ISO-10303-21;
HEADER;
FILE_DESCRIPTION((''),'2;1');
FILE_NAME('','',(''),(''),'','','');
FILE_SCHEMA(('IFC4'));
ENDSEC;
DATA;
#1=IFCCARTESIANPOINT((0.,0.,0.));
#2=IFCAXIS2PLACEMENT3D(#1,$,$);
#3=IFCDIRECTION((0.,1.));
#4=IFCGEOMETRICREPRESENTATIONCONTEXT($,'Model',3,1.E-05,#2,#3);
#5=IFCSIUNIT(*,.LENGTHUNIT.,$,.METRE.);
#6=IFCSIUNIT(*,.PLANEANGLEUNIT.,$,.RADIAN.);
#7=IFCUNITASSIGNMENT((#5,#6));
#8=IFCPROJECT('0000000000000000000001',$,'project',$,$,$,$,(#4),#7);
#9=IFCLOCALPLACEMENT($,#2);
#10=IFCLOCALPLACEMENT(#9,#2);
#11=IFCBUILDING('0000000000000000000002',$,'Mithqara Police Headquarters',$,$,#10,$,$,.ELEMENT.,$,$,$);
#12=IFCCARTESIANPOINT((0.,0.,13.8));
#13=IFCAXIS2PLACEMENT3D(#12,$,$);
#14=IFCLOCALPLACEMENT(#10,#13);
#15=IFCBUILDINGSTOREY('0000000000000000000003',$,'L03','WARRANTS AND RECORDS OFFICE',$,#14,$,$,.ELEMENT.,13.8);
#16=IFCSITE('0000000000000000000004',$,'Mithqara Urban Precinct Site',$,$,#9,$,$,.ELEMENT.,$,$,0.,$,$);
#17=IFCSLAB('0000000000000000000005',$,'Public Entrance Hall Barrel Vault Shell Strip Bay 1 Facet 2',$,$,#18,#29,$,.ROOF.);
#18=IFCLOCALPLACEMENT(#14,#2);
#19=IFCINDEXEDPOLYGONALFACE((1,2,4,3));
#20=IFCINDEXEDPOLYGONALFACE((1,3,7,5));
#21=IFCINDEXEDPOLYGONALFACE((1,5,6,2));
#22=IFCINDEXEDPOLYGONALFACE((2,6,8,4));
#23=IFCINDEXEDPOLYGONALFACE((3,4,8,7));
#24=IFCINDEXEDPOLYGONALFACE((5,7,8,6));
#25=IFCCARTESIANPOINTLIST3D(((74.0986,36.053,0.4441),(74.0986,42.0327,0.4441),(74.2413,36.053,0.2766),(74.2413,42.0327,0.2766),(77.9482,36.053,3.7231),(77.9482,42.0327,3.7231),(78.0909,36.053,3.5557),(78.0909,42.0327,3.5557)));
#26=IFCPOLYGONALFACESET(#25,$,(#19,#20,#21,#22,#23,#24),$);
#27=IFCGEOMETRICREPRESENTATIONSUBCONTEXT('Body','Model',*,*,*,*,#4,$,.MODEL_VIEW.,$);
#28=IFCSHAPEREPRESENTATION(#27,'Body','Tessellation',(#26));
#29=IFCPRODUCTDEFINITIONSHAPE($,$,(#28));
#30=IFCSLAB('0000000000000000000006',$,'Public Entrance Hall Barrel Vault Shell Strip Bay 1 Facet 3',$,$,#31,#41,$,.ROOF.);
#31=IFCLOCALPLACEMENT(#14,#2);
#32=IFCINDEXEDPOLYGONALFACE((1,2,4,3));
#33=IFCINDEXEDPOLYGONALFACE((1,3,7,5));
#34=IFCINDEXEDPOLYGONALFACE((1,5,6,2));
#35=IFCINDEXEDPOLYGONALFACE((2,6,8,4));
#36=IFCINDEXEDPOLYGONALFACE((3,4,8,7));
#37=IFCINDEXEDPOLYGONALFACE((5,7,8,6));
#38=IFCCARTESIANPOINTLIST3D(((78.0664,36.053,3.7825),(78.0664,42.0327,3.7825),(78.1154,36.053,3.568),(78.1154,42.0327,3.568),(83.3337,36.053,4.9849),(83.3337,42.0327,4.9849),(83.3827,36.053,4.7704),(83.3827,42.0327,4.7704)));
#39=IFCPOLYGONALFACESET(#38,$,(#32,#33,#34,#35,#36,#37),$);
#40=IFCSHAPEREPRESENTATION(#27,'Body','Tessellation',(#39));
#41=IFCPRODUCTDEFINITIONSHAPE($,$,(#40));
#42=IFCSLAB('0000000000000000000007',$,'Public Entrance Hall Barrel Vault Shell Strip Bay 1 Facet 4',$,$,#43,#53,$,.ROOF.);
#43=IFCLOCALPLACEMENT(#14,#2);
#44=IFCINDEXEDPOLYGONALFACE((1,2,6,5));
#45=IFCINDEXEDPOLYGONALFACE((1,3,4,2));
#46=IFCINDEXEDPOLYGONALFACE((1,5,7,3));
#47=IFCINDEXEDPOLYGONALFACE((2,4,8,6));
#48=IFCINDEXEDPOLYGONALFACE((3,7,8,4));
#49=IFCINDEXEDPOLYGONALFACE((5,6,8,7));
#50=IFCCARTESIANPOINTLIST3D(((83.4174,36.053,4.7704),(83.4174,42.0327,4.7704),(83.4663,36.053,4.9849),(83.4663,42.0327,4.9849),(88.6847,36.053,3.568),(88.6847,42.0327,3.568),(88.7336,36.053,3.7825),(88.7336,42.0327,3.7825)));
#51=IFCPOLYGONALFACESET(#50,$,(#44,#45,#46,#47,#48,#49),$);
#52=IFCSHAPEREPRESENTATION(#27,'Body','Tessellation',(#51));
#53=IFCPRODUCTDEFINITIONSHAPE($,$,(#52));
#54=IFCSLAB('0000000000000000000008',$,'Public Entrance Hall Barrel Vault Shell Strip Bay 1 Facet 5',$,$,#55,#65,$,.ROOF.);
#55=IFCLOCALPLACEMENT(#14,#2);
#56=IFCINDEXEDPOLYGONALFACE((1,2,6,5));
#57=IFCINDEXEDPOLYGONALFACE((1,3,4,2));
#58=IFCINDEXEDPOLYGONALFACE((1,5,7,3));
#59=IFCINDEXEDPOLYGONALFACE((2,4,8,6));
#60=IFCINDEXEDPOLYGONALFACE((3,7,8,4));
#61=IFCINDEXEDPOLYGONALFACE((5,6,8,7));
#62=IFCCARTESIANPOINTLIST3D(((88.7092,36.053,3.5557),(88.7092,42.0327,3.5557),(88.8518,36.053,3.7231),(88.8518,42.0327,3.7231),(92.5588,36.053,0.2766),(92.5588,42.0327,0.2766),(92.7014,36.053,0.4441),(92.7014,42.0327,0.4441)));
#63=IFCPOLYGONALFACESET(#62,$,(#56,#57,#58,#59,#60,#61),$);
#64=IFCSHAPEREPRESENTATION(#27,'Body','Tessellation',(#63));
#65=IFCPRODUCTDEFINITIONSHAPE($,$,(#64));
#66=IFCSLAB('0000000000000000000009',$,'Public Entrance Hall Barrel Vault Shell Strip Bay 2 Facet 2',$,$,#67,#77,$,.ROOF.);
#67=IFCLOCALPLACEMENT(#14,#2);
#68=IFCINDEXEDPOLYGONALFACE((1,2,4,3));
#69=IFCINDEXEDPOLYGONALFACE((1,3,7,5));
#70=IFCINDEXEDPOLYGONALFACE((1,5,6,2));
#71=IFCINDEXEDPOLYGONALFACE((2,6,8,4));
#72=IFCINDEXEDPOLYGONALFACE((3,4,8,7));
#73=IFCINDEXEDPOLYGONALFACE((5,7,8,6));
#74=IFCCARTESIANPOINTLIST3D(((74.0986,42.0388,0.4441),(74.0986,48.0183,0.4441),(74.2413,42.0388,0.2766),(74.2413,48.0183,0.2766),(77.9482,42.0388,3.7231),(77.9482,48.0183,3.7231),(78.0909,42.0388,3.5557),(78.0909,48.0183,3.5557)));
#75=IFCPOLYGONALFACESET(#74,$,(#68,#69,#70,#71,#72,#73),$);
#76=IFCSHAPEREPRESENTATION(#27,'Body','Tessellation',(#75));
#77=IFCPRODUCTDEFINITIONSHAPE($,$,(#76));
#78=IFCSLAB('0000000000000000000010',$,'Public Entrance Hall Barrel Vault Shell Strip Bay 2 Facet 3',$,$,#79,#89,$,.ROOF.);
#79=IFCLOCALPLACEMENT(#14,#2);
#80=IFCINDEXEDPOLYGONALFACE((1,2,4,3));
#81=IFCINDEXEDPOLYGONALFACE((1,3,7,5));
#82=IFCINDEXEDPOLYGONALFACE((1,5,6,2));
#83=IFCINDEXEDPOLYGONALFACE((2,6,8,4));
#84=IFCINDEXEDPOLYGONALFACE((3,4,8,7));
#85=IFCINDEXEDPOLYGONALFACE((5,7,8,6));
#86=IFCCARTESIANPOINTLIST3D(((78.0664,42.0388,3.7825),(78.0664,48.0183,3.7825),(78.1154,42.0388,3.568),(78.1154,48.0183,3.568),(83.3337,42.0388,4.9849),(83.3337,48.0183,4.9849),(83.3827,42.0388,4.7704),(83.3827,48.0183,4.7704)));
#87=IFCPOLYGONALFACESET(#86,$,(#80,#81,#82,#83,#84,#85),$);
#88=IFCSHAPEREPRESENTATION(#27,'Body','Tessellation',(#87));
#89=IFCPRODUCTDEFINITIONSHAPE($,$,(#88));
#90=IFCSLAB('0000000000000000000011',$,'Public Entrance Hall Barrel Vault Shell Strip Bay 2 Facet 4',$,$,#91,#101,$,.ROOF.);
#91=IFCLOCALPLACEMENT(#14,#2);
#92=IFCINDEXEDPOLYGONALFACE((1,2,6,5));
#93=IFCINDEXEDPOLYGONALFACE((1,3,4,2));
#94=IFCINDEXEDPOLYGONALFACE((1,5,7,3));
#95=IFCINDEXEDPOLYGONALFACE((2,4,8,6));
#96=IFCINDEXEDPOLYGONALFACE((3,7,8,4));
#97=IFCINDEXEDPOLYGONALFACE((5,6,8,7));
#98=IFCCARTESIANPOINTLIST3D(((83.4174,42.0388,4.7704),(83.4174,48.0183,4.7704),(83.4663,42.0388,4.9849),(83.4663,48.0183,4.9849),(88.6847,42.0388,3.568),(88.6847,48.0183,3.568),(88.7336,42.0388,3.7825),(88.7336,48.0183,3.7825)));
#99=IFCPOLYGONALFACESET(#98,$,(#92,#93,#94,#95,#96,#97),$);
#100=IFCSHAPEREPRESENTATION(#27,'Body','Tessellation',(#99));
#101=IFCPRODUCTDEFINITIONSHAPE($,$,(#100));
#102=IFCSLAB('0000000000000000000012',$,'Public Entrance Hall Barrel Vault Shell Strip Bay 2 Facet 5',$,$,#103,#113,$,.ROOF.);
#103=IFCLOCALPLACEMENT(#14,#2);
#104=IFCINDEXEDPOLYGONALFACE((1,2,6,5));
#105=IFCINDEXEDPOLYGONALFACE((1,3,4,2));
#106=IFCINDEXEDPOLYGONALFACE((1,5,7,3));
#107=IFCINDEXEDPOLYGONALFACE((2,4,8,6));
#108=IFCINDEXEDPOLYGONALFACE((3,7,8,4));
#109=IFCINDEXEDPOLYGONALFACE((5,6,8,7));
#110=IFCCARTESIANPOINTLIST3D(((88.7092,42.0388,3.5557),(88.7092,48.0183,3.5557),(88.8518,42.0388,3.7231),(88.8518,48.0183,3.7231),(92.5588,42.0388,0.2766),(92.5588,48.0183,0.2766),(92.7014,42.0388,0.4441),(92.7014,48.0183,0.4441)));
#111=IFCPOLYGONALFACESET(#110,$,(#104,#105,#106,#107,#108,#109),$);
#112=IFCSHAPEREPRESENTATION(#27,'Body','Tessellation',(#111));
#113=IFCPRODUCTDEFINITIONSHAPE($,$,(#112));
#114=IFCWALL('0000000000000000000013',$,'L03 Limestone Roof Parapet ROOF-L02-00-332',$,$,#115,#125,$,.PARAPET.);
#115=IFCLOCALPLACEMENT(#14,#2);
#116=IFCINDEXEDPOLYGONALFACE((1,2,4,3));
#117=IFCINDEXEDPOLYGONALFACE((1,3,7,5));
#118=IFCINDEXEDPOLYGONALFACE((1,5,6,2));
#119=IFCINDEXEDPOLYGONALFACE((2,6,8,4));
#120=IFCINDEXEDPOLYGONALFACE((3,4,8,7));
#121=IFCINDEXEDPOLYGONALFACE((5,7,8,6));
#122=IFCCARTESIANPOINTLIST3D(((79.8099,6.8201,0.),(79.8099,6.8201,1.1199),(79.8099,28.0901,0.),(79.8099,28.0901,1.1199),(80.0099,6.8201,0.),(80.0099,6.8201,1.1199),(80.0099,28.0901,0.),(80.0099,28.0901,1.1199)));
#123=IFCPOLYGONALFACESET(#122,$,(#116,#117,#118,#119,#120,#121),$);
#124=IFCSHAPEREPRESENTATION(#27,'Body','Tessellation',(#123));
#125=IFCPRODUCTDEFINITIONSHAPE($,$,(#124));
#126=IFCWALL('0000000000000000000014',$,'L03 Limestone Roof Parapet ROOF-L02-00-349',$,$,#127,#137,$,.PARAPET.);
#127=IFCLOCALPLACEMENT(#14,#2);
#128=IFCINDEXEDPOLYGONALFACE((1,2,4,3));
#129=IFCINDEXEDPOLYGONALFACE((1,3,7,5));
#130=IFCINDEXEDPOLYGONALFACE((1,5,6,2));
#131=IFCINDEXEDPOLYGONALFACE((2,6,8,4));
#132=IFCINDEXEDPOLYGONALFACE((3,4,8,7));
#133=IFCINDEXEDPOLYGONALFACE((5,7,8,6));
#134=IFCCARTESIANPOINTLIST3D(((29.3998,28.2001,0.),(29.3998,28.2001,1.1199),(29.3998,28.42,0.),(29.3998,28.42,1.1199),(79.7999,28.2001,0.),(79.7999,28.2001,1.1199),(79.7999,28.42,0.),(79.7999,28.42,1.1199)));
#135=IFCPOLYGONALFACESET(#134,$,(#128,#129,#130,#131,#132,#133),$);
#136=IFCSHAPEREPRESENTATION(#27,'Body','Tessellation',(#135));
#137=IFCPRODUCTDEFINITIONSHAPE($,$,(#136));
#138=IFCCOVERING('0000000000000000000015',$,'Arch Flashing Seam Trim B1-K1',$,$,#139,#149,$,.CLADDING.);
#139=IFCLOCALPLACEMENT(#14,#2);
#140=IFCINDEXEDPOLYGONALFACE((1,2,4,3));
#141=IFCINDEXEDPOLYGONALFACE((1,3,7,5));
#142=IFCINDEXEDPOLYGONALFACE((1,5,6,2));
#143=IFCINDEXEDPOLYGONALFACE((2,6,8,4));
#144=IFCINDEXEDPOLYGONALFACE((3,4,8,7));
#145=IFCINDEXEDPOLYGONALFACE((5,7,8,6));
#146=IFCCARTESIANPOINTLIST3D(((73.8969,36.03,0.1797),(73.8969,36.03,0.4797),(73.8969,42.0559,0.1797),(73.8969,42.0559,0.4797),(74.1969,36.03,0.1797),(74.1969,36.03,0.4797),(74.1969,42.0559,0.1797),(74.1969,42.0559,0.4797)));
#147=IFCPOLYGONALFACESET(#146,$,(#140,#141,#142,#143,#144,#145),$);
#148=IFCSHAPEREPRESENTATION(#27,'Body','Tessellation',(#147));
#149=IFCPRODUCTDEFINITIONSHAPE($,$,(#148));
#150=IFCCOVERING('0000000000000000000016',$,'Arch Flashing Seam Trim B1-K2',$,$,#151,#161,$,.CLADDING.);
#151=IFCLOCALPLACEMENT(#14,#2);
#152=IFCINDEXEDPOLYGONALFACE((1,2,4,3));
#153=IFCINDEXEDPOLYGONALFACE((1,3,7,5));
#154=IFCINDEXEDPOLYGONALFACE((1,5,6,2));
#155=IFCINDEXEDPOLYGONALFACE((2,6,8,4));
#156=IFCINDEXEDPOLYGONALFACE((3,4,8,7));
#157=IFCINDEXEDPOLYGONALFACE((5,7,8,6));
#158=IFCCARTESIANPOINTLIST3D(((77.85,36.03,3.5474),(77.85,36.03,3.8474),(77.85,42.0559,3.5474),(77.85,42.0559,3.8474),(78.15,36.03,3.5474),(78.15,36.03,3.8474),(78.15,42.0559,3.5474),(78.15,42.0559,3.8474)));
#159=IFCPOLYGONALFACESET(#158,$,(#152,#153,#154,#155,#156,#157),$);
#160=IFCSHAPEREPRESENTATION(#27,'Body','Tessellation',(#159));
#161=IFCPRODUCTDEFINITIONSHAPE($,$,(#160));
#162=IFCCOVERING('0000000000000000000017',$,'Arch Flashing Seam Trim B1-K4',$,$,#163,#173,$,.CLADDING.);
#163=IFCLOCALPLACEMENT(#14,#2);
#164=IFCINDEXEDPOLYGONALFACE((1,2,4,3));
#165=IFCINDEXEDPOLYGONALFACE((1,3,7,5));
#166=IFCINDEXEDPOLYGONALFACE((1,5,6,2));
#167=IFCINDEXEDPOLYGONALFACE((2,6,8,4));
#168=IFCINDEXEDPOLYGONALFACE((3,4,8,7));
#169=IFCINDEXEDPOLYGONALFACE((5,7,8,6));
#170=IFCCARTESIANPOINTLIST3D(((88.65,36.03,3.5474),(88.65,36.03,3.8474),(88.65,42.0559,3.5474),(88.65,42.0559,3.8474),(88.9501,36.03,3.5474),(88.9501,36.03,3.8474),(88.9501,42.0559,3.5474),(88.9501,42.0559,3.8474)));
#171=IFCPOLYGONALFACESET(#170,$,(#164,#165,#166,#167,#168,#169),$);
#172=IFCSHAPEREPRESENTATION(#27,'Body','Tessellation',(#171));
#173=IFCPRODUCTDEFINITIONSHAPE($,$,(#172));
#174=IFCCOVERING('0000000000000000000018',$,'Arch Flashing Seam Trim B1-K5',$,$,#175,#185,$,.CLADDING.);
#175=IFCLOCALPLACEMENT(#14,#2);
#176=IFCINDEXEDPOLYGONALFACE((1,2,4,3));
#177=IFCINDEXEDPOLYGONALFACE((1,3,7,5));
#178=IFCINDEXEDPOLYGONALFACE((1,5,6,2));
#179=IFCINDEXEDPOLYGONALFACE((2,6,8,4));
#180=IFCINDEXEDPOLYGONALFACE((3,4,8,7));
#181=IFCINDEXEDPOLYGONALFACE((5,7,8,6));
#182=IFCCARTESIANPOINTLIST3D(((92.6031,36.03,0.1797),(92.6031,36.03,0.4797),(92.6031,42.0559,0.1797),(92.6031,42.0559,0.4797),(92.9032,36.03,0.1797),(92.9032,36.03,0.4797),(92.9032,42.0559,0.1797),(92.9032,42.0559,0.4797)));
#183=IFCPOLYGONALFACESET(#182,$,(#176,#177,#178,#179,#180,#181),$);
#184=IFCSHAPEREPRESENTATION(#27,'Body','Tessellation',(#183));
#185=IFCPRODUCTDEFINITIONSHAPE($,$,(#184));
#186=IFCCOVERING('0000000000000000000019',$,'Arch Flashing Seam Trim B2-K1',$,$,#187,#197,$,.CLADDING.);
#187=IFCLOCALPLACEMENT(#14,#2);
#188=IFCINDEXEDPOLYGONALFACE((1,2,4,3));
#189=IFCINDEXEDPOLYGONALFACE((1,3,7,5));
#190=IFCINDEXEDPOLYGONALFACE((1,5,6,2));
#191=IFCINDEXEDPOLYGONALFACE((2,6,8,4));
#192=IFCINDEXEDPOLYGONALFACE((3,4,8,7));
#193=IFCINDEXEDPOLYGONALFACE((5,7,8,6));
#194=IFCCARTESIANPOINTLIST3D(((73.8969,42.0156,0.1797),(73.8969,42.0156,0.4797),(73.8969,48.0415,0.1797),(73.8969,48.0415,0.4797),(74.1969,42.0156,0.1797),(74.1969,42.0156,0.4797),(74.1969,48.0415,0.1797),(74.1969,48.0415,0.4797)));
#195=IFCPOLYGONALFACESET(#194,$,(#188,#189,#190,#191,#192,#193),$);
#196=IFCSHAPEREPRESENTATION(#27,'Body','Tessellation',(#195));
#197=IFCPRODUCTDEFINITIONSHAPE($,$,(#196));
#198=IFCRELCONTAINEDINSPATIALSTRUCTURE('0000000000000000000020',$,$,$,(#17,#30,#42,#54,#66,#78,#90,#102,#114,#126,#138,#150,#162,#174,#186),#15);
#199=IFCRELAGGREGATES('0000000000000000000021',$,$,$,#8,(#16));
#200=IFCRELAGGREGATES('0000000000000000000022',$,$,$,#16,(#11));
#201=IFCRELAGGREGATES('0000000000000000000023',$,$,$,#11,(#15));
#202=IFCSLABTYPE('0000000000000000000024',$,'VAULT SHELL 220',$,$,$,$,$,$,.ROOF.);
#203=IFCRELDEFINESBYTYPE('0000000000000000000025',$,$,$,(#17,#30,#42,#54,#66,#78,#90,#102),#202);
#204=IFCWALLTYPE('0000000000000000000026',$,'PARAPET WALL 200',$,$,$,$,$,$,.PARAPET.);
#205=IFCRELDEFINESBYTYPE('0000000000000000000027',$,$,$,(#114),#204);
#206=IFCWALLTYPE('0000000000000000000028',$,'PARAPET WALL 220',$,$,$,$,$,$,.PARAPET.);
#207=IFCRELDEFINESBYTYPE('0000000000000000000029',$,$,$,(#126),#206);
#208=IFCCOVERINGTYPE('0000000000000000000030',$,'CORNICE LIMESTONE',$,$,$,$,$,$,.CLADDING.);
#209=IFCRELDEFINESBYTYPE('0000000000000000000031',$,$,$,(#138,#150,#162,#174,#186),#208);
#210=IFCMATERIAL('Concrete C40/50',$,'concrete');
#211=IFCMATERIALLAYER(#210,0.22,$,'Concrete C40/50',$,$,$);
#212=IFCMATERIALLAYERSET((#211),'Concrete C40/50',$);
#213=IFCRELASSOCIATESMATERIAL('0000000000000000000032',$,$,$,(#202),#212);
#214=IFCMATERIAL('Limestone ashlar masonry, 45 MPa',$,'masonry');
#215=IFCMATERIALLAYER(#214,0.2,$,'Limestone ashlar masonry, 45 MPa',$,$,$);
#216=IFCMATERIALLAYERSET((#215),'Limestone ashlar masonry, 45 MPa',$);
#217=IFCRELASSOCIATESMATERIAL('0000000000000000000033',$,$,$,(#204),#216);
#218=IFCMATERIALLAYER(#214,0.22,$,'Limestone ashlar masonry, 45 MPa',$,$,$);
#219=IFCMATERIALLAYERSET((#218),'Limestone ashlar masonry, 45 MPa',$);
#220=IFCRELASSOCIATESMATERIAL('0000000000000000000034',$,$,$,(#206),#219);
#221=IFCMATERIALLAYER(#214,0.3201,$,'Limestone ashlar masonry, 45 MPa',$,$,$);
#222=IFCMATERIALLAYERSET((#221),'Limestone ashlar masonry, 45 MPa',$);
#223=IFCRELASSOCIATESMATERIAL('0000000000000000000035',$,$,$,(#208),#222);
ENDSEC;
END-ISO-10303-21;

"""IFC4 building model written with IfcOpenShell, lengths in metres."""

from ifc_helpers import new_model, si_unit, direction, frame, frame_2d, origin, origin_2d, place, context, subcontext, project, spatial, polyline, rectangle, outline, extrude, material, layer, layer_set, type_object, element, save


model = new_model("IFC4")

# Units and contexts
model_context = context("Model", 3, precision=1e-05, world=origin(), true_north=direction((0.0, 1.0)))
body_context = subcontext(model_context, "Body", "Model", "MODEL_VIEW")
ifc_project = project(units=[si_unit("LENGTHUNIT", "METRE"), si_unit("PLANEANGLEUNIT", "RADIAN")], contexts=[model_context])

# Site, building, storey
site_placement = place(None, origin())
site = spatial("IfcSite", under=ifc_project, at=site_placement, Name="Mithqara Urban Precinct Site", CompositionType="ELEMENT", RefElevation=0.0)
building_placement = place(site_placement, origin())
building = spatial("IfcBuilding", under=site, at=building_placement, Name="Mithqara Police Headquarters", CompositionType="ELEMENT")
storey_placement = place(building_placement, frame((0.0, 0.0, 13.8)))
storey = spatial("IfcBuildingStorey", under=building, at=storey_placement, Name="L03", Description="WARRANTS AND RECORDS OFFICE", CompositionType="ELEMENT", Elevation=13.8)

# Slabs
ifc_material_1 = material(Name="Concrete C40/50", Category="concrete")
ifc_layer_1 = layer(ifc_material_1, 0.22, Name="Concrete C40/50")
ifc_layer_set_1 = layer_set([ifc_layer_1], Name="Concrete C40/50")
slab_type = type_object("IfcSlabType", Name="VAULT SHELL 220", PredefinedType="ROOF", material=ifc_layer_set_1)
slab_1_placement = place(storey_placement, frame((74.0986, 36.053, 0.4441), z_axis=(-0.648438, 0.0, 0.761267), x_axis=(0.761267, 0.0, 0.648438)))
element("IfcSlab", 1, at=slab_1_placement, inside=storey, type_object=slab_type, Name="Public Entrance Hall Barrel Vault Shell Strip Bay 1 Facet 2", PredefinedType="ROOF", context=body_context, shape_type="SweptSolid", body=[
    extrude(outline(polyline([(0.0, 0.0), (5.0568, 0.0), (5.0568, 5.9797), (0.0, 5.9797), (0.0, 0.0)])), origin(), (0.0, 0.0, -1.0), 0.22),
])
for number, where, z_axis, x_axis, name in (
    (2, (78.0664, 36.053, 3.7825), (-0.222549, 0.0, 0.974922), (0.974922, 0.0, 0.222549), "Public Entrance Hall Barrel Vault Shell Strip Bay 1 Facet 3"),
    (3, (83.4663, 36.053, 4.9849), (0.222549, 0.0, 0.974922), (0.974922, 0.0, -0.222549), "Public Entrance Hall Barrel Vault Shell Strip Bay 1 Facet 4"),
):
    element("IfcSlab", number, at=place(storey_placement, frame(where, z_axis=z_axis, x_axis=x_axis)), inside=storey, type_object=slab_type, Name=name, PredefinedType="ROOF", context=body_context, shape_type="SweptSolid", body=[
        extrude(outline(polyline([(0.0, 0.0), (5.4028, 0.0), (5.4028, 5.9797), (0.0, 5.9797), (0.0, 0.0)])), origin(), (0.0, 0.0, -1.0), 0.22),
    ])
slab_2_placement = place(storey_placement, frame((88.8518, 36.053, 3.7231), z_axis=(0.648438, 0.0, 0.761267), x_axis=(0.761267, 0.0, -0.648438)))
element("IfcSlab", 4, at=slab_2_placement, inside=storey, type_object=slab_type, Name="Public Entrance Hall Barrel Vault Shell Strip Bay 1 Facet 5", PredefinedType="ROOF", context=body_context, shape_type="SweptSolid", body=[
    extrude(outline(polyline([(0.0, 0.0), (5.0568, 0.0), (5.0568, 5.9797), (0.0, 5.9797), (0.0, 0.0)])), origin(), (0.0, 0.0, -1.0), 0.22),
])
slab_3_placement = place(storey_placement, frame((74.0986, 42.0388, 0.4441), z_axis=(-0.648438, 0.0, 0.761267), x_axis=(0.761267, 0.0, 0.648438)))
element("IfcSlab", 5, at=slab_3_placement, inside=storey, type_object=slab_type, Name="Public Entrance Hall Barrel Vault Shell Strip Bay 2 Facet 2", PredefinedType="ROOF", context=body_context, shape_type="SweptSolid", body=[
    extrude(outline(polyline([(0.0, 0.0), (5.0568, 0.0), (5.0568, 5.9795), (0.0, 5.9795), (0.0, 0.0)])), origin(), (0.0, 0.0, -1.0), 0.22),
])
for number, where, z_axis, x_axis, name in (
    (6, (78.0664, 42.0388, 3.7825), (-0.222549, 0.0, 0.974922), (0.974922, 0.0, 0.222549), "Public Entrance Hall Barrel Vault Shell Strip Bay 2 Facet 3"),
    (7, (83.4663, 42.0388, 4.9849), (0.222549, 0.0, 0.974922), (0.974922, 0.0, -0.222549), "Public Entrance Hall Barrel Vault Shell Strip Bay 2 Facet 4"),
):
    element("IfcSlab", number, at=place(storey_placement, frame(where, z_axis=z_axis, x_axis=x_axis)), inside=storey, type_object=slab_type, Name=name, PredefinedType="ROOF", context=body_context, shape_type="SweptSolid", body=[
        extrude(outline(polyline([(0.0, 0.0), (5.4028, 0.0), (5.4028, 5.9795), (0.0, 5.9795), (0.0, 0.0)])), origin(), (0.0, 0.0, -1.0), 0.22),
    ])
slab_4_placement = place(storey_placement, frame((88.8518, 42.0388, 3.7231), z_axis=(0.648438, 0.0, 0.761267), x_axis=(0.761267, 0.0, -0.648438)))
element("IfcSlab", 8, at=slab_4_placement, inside=storey, type_object=slab_type, Name="Public Entrance Hall Barrel Vault Shell Strip Bay 2 Facet 5", PredefinedType="ROOF", context=body_context, shape_type="SweptSolid", body=[
    extrude(outline(polyline([(0.0, 0.0), (5.0568, 0.0), (5.0568, 5.9795), (0.0, 5.9795), (0.0, 0.0)])), origin(), (0.0, 0.0, -1.0), 0.22),
])

# Walls
ifc_material_2 = material(Name="Limestone ashlar masonry, 45 MPa", Category="masonry")
ifc_layer_2 = layer(ifc_material_2, 0.2, Name="Limestone ashlar masonry, 45 MPa")
ifc_layer_set_2 = layer_set([ifc_layer_2], Name="Limestone ashlar masonry, 45 MPa")
wall_type_1 = type_object("IfcWallType", Name="PARAPET WALL 200", PredefinedType="PARAPET", material=ifc_layer_set_2)
wall_1_placement = place(storey_placement, frame((79.9099, 6.8201, 0.0), z_axis=(0.0, 0.0, 1.0), x_axis=(0.0, 1.0, 0.0)))
element("IfcWall", 9, at=wall_1_placement, inside=storey, type_object=wall_type_1, Name="L03 Limestone Roof Parapet ROOF-L02-00-332", PredefinedType="PARAPET", context=body_context, shape_type="SweptSolid", body=[
    extrude(rectangle(XDim=21.27, YDim=0.2, at=frame_2d((10.635, 0.0))), origin(), (0.0, 0.0, 1.0), 1.1199),
])
ifc_layer_3 = layer(ifc_material_2, 0.22, Name="Limestone ashlar masonry, 45 MPa")
ifc_layer_set_3 = layer_set([ifc_layer_3], Name="Limestone ashlar masonry, 45 MPa")
wall_type_2 = type_object("IfcWallType", Name="PARAPET WALL 220", PredefinedType="PARAPET", material=ifc_layer_set_3)
wall_2_placement = place(storey_placement, frame((79.8, 28.3101, 0.0), z_axis=(0.0, 0.0, 1.0), x_axis=(-1.0, 0.0, 0.0)))
element("IfcWall", 10, at=wall_2_placement, inside=storey, type_object=wall_type_2, Name="L03 Limestone Roof Parapet ROOF-L02-00-349", PredefinedType="PARAPET", context=body_context, shape_type="SweptSolid", body=[
    extrude(rectangle(XDim=50.4001, YDim=0.22, at=frame_2d((25.2002, 0.0))), origin(), (0.0, 0.0, 1.0), 1.1199),
])

# Coverings
ifc_layer_4 = layer(ifc_material_2, 0.3201, Name="Limestone ashlar masonry, 45 MPa")
ifc_layer_set_4 = layer_set([ifc_layer_4], Name="Limestone ashlar masonry, 45 MPa")
covering_type_1 = type_object("IfcCoveringType", Name="CORNICE LIMESTONE", PredefinedType="CLADDING", material=ifc_layer_set_4)
for number, where, z_axis, x_axis, name in (
    (11, (74.0469, 39.043, 0.1797), (0.0, 0.0, 1.0), (1.0, 0.0, 0.0), "Arch Flashing Seam Trim B1-K1"),
    (12, (78.0, 39.043, 3.5474), (0.0, 0.0, 1.0), (1.0, 0.0, 0.0), "Arch Flashing Seam Trim B1-K2"),
    (13, (88.8, 39.043, 3.5474), (0.0, 0.0, 1.0), (1.0, 0.0, 0.0), "Arch Flashing Seam Trim B1-K4"),
    (14, (92.7532, 39.043, 0.1797), (0.0, 0.0, 1.0), (1.0, 0.0, 0.0), "Arch Flashing Seam Trim B1-K5"),
    (15, (74.0469, 45.0286, 0.1797), (0.0, 0.0, 1.0), (1.0, 0.0, 0.0), "Arch Flashing Seam Trim B2-K1"),
):
    element("IfcCovering", number, at=place(storey_placement, frame(where, z_axis=z_axis, x_axis=x_axis)), inside=storey, type_object=covering_type_1, Name=name, PredefinedType="CLADDING", context=body_context, shape_type="SweptSolid", body=[
        extrude(rectangle(XDim=0.3, YDim=6.0259, at=origin_2d()), origin(), (0.0, 0.0, 1.0), 0.3),
    ])

save(model, "model.ifc")
